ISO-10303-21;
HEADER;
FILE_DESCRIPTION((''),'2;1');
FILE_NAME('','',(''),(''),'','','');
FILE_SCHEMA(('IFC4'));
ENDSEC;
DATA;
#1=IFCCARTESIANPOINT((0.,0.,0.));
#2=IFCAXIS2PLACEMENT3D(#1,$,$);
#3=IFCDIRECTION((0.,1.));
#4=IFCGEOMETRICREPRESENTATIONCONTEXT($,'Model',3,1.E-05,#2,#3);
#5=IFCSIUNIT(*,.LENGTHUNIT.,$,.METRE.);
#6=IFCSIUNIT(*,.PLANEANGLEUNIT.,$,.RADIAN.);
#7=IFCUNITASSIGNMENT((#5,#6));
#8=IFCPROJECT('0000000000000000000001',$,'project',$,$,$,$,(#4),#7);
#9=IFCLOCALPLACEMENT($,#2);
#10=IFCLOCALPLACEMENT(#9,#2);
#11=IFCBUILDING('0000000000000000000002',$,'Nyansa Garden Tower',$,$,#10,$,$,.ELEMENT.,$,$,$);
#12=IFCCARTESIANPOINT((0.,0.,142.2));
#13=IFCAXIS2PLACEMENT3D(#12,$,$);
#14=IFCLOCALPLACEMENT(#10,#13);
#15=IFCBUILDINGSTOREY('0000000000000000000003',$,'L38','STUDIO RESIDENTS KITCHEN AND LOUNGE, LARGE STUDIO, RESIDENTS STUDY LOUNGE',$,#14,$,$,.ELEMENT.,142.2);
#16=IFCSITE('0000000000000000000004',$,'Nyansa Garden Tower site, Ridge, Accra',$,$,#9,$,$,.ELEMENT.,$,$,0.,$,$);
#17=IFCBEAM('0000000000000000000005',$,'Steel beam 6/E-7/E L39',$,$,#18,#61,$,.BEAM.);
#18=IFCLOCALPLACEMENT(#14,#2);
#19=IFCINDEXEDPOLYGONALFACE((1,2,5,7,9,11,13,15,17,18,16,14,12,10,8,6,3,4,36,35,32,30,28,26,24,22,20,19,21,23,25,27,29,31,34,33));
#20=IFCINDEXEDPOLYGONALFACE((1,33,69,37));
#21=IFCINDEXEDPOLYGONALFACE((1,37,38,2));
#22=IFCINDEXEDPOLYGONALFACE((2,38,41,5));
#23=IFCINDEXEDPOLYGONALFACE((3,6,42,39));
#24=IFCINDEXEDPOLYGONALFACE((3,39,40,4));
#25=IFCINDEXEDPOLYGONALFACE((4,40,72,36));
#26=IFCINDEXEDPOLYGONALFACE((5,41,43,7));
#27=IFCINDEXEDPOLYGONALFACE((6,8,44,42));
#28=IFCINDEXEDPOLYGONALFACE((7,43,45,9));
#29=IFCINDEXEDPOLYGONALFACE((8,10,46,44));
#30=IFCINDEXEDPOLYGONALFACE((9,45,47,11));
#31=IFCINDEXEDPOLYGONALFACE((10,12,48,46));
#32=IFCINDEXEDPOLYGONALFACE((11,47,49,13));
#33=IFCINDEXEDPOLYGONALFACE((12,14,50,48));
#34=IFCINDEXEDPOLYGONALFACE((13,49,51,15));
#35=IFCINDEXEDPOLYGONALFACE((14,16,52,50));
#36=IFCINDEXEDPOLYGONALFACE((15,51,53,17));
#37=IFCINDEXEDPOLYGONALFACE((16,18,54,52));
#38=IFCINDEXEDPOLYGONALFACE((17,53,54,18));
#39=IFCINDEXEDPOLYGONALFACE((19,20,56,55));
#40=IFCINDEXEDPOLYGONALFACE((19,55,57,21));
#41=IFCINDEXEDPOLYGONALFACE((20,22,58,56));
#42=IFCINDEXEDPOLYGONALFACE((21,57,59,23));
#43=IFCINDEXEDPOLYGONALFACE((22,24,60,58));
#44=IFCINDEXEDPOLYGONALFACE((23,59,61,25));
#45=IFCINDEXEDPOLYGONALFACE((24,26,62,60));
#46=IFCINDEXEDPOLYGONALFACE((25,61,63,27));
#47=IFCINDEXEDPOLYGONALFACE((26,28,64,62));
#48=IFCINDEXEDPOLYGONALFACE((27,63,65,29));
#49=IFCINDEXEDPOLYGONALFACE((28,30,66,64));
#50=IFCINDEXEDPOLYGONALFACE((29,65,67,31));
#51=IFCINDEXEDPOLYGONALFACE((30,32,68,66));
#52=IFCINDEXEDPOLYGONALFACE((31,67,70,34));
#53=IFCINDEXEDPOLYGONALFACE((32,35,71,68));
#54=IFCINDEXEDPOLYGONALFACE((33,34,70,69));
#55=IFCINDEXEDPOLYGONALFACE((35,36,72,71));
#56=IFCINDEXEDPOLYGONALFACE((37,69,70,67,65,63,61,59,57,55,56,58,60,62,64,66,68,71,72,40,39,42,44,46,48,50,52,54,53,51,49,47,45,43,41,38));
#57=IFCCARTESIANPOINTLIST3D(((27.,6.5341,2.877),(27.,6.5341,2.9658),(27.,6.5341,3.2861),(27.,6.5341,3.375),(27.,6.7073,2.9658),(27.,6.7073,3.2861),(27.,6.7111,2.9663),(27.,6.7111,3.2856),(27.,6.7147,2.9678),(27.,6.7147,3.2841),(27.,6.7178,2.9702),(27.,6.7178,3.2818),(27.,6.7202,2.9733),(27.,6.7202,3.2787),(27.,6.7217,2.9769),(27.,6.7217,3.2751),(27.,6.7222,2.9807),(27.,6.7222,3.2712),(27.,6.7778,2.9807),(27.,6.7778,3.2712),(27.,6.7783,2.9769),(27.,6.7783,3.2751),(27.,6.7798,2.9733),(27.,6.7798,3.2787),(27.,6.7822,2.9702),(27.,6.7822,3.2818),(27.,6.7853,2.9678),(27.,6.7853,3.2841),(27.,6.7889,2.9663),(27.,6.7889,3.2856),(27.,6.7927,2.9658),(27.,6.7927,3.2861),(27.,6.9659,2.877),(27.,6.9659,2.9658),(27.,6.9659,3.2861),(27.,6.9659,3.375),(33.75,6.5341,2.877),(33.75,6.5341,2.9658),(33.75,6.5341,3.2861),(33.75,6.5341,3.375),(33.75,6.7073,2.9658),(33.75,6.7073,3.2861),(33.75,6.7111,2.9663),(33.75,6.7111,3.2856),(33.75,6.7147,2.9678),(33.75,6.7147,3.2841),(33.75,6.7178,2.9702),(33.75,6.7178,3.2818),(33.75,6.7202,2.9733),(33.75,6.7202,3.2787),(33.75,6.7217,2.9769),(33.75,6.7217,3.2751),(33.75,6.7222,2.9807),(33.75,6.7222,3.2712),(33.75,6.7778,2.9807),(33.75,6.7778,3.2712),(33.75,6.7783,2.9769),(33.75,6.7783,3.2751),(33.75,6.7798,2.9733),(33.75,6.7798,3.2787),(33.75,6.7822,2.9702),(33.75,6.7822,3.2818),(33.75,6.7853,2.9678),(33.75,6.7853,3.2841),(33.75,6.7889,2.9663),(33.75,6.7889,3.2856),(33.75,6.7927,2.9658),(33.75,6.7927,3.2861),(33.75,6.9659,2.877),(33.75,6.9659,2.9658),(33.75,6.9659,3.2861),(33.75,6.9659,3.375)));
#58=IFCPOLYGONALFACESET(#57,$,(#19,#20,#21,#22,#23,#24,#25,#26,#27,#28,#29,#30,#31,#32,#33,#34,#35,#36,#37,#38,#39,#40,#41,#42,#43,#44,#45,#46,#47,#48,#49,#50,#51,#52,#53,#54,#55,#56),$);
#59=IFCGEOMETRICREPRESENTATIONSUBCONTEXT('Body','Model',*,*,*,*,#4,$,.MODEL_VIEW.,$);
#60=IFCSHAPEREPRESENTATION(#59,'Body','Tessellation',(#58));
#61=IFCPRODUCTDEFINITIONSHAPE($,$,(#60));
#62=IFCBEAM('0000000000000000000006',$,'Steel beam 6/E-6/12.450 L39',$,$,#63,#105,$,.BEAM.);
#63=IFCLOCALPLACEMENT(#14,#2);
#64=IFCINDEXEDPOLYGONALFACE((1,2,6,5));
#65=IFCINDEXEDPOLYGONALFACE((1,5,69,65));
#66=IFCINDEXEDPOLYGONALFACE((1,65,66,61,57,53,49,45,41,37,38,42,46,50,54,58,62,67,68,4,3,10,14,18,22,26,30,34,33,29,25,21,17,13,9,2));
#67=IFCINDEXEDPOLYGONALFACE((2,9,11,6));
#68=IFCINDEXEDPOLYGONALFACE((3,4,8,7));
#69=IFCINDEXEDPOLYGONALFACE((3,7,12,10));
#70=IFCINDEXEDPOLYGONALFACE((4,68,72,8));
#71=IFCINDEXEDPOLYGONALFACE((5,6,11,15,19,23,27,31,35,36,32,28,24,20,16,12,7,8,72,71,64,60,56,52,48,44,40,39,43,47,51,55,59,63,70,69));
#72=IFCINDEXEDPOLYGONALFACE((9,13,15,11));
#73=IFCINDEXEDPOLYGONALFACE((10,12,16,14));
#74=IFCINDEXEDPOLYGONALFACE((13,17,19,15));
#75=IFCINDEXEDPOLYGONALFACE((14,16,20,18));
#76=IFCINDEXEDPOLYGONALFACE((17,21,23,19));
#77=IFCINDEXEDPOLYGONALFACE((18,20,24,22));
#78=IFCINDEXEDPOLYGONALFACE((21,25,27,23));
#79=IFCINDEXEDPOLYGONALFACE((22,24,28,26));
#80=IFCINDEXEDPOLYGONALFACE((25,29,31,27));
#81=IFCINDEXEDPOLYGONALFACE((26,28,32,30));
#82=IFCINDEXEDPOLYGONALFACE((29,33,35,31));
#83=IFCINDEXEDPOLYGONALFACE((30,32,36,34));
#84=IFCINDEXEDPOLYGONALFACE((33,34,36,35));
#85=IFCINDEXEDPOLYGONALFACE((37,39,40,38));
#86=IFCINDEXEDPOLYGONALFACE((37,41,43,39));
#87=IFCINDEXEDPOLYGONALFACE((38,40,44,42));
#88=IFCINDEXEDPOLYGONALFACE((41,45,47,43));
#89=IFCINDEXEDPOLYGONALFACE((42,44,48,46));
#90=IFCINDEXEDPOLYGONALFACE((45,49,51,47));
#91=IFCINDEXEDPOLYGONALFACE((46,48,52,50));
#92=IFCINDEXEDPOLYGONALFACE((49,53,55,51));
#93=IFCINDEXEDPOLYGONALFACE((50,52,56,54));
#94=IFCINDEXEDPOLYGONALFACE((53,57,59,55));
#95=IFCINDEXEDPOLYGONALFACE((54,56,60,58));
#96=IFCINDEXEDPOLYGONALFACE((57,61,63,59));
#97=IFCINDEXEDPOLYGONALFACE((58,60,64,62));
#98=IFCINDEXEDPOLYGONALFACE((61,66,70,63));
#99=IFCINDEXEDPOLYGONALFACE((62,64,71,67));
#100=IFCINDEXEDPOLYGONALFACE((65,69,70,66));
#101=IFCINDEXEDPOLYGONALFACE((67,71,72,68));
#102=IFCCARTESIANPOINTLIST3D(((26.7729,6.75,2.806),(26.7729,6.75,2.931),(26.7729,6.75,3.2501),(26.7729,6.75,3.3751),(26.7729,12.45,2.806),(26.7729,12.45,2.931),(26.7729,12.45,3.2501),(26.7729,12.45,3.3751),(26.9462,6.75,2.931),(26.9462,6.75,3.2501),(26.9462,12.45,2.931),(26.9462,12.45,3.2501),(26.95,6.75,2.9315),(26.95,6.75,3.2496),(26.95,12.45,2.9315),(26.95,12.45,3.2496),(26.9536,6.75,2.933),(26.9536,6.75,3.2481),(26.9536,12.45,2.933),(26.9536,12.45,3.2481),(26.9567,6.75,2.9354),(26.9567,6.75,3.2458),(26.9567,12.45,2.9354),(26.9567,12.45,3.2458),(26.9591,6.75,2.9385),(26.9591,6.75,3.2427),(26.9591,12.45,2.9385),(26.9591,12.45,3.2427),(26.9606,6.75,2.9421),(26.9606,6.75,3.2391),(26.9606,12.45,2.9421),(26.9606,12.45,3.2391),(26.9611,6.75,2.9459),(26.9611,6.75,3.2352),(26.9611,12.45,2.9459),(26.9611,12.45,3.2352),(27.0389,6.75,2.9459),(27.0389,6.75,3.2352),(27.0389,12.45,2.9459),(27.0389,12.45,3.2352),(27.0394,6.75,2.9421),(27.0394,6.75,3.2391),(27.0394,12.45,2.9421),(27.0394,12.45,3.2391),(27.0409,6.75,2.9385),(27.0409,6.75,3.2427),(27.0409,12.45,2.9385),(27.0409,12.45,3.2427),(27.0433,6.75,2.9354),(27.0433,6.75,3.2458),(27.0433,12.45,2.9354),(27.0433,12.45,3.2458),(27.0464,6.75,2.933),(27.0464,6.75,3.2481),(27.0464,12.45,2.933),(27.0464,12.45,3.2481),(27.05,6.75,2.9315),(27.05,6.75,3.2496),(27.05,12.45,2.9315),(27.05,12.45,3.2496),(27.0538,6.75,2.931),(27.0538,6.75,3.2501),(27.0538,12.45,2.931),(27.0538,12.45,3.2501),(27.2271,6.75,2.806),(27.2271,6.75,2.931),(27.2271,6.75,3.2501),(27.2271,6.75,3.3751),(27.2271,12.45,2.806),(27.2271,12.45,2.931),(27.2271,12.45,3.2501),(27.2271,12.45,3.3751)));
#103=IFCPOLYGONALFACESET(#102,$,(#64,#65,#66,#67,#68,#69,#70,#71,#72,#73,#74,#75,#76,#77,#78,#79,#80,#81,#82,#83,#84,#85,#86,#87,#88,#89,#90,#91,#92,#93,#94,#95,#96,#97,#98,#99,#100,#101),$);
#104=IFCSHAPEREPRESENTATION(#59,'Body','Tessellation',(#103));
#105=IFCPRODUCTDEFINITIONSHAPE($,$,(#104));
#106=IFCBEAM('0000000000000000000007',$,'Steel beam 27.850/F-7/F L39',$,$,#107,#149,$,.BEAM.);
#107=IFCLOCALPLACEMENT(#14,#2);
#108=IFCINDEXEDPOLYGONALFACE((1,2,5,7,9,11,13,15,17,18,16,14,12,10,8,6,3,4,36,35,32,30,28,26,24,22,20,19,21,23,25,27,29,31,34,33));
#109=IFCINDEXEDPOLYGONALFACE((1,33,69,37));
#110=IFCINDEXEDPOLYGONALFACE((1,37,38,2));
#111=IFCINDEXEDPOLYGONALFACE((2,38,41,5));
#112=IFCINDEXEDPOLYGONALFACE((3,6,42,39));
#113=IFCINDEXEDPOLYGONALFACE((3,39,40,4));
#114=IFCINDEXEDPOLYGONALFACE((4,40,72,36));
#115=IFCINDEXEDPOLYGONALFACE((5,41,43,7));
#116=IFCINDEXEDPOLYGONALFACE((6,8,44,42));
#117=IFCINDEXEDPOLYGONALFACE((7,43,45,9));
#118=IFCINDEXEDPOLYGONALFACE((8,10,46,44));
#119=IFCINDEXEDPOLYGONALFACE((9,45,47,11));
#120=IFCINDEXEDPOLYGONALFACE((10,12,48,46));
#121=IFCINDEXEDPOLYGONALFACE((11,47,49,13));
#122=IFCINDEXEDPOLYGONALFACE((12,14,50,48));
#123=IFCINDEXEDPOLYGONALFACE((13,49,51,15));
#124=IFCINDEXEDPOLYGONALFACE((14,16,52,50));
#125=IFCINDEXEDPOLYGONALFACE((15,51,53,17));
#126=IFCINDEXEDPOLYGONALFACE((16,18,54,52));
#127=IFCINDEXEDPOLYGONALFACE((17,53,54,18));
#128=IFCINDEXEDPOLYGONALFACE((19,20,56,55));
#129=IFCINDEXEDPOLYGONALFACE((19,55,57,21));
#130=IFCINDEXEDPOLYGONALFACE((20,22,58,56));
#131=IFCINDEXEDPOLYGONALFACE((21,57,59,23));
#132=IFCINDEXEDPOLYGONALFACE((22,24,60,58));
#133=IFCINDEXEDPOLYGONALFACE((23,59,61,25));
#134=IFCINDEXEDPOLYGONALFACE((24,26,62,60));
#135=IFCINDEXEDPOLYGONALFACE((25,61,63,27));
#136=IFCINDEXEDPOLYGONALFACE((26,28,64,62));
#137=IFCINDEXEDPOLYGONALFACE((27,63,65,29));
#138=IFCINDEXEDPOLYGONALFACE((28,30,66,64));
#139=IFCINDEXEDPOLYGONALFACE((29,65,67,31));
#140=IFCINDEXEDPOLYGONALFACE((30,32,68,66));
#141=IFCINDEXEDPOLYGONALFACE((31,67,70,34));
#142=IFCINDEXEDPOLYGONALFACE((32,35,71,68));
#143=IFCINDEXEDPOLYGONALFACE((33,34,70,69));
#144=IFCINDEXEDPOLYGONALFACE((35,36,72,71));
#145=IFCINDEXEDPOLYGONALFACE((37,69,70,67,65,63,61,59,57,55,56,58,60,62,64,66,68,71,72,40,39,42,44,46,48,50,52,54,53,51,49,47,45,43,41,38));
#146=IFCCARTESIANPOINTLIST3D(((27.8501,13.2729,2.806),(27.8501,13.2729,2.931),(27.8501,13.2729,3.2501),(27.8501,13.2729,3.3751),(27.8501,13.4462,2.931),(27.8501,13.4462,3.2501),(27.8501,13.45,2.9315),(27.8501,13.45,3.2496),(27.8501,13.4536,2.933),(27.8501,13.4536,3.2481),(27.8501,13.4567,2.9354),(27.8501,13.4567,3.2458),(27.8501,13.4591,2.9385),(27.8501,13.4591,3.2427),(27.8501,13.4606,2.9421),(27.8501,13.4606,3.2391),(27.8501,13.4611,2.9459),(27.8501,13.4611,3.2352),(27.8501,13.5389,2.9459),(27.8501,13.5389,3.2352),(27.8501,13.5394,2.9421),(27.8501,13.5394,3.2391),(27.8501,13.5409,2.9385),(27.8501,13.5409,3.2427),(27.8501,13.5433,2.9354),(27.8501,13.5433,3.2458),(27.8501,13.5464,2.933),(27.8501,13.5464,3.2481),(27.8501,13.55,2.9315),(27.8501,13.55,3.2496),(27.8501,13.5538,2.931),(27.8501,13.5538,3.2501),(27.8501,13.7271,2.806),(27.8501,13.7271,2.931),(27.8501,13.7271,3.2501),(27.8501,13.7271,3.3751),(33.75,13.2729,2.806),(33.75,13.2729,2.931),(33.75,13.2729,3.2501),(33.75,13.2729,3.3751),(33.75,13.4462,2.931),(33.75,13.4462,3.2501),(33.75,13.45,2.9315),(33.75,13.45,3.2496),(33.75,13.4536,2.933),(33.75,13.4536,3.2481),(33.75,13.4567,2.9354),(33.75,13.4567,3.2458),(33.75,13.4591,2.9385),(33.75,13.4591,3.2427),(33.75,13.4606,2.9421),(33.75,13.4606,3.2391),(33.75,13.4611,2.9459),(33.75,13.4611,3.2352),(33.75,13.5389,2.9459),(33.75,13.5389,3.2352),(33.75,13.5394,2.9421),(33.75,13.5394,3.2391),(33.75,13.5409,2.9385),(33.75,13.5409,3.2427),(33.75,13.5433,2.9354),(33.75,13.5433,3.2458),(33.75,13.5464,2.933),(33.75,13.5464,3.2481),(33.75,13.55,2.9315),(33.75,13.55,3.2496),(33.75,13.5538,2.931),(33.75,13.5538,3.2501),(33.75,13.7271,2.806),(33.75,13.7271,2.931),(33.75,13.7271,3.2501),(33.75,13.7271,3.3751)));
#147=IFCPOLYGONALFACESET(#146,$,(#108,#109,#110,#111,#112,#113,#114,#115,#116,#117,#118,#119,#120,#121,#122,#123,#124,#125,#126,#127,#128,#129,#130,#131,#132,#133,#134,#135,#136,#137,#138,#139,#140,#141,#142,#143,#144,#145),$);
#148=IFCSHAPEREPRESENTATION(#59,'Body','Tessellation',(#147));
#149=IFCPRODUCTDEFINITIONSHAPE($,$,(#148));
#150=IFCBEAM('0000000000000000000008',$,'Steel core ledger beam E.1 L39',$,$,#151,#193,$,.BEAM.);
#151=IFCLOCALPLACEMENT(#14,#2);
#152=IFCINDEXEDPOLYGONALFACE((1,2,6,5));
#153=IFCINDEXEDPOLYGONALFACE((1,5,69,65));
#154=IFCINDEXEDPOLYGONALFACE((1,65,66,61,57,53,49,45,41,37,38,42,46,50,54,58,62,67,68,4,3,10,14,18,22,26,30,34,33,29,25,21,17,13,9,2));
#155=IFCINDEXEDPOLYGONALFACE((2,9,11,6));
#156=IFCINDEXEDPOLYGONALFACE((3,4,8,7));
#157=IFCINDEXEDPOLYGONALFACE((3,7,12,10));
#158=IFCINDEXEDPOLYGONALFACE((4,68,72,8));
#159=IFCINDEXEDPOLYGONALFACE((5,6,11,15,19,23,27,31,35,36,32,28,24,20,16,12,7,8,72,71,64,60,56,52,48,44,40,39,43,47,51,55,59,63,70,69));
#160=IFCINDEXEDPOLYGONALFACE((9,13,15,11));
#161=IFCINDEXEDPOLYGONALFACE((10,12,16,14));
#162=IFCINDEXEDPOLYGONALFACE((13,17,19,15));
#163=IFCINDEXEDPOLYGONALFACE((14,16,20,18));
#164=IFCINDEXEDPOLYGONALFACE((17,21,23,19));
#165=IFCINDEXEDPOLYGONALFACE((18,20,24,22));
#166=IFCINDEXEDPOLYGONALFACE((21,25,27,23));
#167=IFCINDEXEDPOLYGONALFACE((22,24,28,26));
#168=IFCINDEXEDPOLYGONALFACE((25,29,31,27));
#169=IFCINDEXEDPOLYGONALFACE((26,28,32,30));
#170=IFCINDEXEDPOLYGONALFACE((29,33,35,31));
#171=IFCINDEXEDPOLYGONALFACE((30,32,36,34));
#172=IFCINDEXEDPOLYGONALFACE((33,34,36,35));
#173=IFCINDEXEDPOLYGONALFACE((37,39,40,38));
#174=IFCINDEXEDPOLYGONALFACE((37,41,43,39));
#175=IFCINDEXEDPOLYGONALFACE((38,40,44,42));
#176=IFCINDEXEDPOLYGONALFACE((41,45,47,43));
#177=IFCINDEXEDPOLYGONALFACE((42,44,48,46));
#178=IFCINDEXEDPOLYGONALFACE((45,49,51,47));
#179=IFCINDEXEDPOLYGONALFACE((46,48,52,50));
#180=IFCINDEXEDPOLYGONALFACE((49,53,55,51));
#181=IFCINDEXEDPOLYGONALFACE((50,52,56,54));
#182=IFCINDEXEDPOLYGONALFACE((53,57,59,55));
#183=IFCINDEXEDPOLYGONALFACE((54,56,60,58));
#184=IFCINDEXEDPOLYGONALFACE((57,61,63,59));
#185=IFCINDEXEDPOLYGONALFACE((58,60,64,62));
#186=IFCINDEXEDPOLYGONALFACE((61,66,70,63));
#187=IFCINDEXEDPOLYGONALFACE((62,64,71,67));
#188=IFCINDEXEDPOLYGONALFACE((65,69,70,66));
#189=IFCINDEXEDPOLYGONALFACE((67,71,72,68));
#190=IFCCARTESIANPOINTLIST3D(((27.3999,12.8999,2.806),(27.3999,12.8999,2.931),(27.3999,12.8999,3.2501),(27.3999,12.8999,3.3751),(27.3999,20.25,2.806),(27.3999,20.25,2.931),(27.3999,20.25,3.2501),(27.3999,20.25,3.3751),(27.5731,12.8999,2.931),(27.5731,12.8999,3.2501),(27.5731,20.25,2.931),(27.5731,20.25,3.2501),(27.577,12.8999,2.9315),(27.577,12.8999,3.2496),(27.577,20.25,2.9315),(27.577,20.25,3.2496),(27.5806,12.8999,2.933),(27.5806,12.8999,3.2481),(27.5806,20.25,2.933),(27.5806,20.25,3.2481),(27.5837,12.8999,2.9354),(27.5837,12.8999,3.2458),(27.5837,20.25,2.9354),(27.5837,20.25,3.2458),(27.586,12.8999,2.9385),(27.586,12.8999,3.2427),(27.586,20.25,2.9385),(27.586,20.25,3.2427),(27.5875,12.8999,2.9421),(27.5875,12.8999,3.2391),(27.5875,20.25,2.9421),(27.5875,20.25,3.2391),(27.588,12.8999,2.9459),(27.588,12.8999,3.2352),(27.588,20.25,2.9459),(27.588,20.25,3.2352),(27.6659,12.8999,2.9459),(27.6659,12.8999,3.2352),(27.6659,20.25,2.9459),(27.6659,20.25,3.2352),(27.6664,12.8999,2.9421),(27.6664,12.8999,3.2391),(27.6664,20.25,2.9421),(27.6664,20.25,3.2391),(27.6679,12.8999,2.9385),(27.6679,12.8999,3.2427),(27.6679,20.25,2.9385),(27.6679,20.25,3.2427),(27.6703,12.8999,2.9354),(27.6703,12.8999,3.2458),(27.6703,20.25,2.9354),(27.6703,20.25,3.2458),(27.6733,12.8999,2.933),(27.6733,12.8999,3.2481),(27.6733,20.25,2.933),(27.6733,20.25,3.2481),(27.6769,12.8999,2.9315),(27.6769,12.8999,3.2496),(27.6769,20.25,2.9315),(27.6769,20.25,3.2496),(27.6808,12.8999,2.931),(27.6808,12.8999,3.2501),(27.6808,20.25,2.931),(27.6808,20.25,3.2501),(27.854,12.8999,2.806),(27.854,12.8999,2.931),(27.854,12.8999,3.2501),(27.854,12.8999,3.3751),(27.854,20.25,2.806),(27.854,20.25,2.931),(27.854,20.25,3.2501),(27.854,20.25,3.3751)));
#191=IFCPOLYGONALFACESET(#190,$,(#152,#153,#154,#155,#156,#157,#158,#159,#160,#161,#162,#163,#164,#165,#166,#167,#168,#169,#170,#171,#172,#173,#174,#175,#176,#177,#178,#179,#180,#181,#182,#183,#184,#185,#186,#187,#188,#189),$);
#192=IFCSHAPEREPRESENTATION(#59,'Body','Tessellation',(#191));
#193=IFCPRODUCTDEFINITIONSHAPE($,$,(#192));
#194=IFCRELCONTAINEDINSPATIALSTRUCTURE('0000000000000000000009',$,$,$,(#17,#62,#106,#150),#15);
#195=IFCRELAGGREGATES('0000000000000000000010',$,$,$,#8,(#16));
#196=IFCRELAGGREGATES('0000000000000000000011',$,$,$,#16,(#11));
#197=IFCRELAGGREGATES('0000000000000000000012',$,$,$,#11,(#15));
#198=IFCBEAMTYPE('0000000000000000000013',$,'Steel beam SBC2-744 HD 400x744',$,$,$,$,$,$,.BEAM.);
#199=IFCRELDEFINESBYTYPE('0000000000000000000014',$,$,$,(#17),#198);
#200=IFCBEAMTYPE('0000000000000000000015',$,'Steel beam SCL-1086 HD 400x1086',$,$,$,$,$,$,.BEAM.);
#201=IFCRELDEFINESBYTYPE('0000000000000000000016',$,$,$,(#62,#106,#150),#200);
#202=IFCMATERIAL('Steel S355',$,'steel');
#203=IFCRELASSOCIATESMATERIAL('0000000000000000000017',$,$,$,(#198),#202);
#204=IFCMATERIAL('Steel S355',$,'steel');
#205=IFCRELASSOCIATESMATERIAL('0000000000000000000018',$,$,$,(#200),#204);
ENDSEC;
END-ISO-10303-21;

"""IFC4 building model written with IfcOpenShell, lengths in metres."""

from ifc_helpers import new_model, si_unit, direction, frame, origin, origin_2d, place, context, subcontext, project, spatial, i_section, extrude, material, material_profile, profile_set, type_object, element, save


model = new_model("IFC4")

# Units and contexts
model_context = context("Model", 3, precision=1e-05, world=origin(), true_north=direction((0.0, 1.0)))
body_context = subcontext(model_context, "Body", "Model", "MODEL_VIEW")
ifc_project = project(units=[si_unit("LENGTHUNIT", "METRE"), si_unit("PLANEANGLEUNIT", "RADIAN")], contexts=[model_context])

# Site, building, storey
site_placement = place(None, origin())
site = spatial("IfcSite", under=ifc_project, at=site_placement, Name="Nyansa Garden Tower site, Ridge, Accra", CompositionType="ELEMENT", RefElevation=0.0)
building_placement = place(site_placement, origin())
building = spatial("IfcBuilding", under=site, at=building_placement, Name="Nyansa Garden Tower", CompositionType="ELEMENT")
storey_placement = place(building_placement, frame((0.0, 0.0, 142.2)))
storey = spatial("IfcBuildingStorey", under=building, at=storey_placement, Name="L38", Description="STUDIO RESIDENTS KITCHEN AND LOUNGE, LARGE STUDIO, RESIDENTS STUDY LOUNGE", CompositionType="ELEMENT", Elevation=142.2)

# Beams
ifc_material_1 = material(Name="Steel S355", Category="steel")
ifc_material_profile_1 = material_profile(ifc_material_1, i_section(OverallWidth=0.4319, OverallDepth=0.498, WebThickness=0.0557, FlangeThickness=0.0889, FilletRadius=0.0149, at=origin_2d()), Name="HD 400x744")
ifc_profile_set_1 = profile_set([ifc_material_profile_1], Name="Steel S355")
beam_type_1 = type_object("IfcBeamType", Name="Steel beam SBC2-744 HD 400x744", PredefinedType="BEAM", material=ifc_profile_set_1)
for number, where, z_axis, x_axis, name in (
    (1, (27.0, 6.75, 3.126), (1.0, 0.0, 0.0), (0.0, 1.0, 0.0), "Steel beam 6/E-7/E L39"),
):
    element("IfcBeam", number, at=place(storey_placement, frame(where, z_axis=z_axis, x_axis=x_axis)), inside=storey, type_object=beam_type_1, Name=name, PredefinedType="BEAM", context=body_context, shape_type="SweptSolid", body=[
        extrude(i_section(OverallWidth=0.4319, OverallDepth=0.498, WebThickness=0.0557, FlangeThickness=0.0889, FilletRadius=0.0149, at=origin_2d()), origin(), (0.0, 0.0, 1.0), 6.75),
    ])
ifc_material_2 = material(Name="Steel S355", Category="steel")
ifc_material_profile_2 = material_profile(ifc_material_2, i_section(OverallWidth=0.4541, OverallDepth=0.5691, WebThickness=0.0779, FlangeThickness=0.125, FilletRadius=0.0149, at=origin_2d()), Name="HD 400x1086")
ifc_profile_set_2 = profile_set([ifc_material_profile_2], Name="Steel S355")
beam_type_2 = type_object("IfcBeamType", Name="Steel beam SCL-1086 HD 400x1086", PredefinedType="BEAM", material=ifc_profile_set_2)
beam_1_placement = place(storey_placement, frame((27.0, 6.75, 3.0906), z_axis=(0.0, 1.0, 0.0), x_axis=(-1.0, 0.0, 0.0)))
element("IfcBeam", 2, at=beam_1_placement, inside=storey, type_object=beam_type_2, Name="Steel beam 6/E-6/12.450 L39", PredefinedType="BEAM", context=body_context, shape_type="SweptSolid", body=[
    extrude(i_section(OverallWidth=0.4541, OverallDepth=0.5691, WebThickness=0.0779, FlangeThickness=0.125, FilletRadius=0.0149, at=origin_2d()), origin(), (0.0, 0.0, 1.0), 5.7),
])
beam_2_placement = place(storey_placement, frame((27.8501, 13.5, 3.0906), z_axis=(1.0, 0.0, 0.0), x_axis=(0.0, 1.0, 0.0)))
element("IfcBeam", 3, at=beam_2_placement, inside=storey, type_object=beam_type_2, Name="Steel beam 27.850/F-7/F L39", PredefinedType="BEAM", context=body_context, shape_type="SweptSolid", body=[
    extrude(i_section(OverallWidth=0.4541, OverallDepth=0.5691, WebThickness=0.0779, FlangeThickness=0.125, FilletRadius=0.0149, at=origin_2d()), origin(), (0.0, 0.0, 1.0), 5.8999),
])
beam_3_placement = place(storey_placement, frame((27.627, 12.8999, 3.0906), z_axis=(0.0, 1.0, 0.0), x_axis=(-1.0, 0.0, 0.0)))
element("IfcBeam", 4, at=beam_3_placement, inside=storey, type_object=beam_type_2, Name="Steel core ledger beam E.1 L39", PredefinedType="BEAM", context=body_context, shape_type="SweptSolid", body=[
    extrude(i_section(OverallWidth=0.4541, OverallDepth=0.5691, WebThickness=0.0779, FlangeThickness=0.125, FilletRadius=0.0149, at=origin_2d()), origin(), (0.0, 0.0, 1.0), 7.3501),
])

save(model, "model.ifc")
